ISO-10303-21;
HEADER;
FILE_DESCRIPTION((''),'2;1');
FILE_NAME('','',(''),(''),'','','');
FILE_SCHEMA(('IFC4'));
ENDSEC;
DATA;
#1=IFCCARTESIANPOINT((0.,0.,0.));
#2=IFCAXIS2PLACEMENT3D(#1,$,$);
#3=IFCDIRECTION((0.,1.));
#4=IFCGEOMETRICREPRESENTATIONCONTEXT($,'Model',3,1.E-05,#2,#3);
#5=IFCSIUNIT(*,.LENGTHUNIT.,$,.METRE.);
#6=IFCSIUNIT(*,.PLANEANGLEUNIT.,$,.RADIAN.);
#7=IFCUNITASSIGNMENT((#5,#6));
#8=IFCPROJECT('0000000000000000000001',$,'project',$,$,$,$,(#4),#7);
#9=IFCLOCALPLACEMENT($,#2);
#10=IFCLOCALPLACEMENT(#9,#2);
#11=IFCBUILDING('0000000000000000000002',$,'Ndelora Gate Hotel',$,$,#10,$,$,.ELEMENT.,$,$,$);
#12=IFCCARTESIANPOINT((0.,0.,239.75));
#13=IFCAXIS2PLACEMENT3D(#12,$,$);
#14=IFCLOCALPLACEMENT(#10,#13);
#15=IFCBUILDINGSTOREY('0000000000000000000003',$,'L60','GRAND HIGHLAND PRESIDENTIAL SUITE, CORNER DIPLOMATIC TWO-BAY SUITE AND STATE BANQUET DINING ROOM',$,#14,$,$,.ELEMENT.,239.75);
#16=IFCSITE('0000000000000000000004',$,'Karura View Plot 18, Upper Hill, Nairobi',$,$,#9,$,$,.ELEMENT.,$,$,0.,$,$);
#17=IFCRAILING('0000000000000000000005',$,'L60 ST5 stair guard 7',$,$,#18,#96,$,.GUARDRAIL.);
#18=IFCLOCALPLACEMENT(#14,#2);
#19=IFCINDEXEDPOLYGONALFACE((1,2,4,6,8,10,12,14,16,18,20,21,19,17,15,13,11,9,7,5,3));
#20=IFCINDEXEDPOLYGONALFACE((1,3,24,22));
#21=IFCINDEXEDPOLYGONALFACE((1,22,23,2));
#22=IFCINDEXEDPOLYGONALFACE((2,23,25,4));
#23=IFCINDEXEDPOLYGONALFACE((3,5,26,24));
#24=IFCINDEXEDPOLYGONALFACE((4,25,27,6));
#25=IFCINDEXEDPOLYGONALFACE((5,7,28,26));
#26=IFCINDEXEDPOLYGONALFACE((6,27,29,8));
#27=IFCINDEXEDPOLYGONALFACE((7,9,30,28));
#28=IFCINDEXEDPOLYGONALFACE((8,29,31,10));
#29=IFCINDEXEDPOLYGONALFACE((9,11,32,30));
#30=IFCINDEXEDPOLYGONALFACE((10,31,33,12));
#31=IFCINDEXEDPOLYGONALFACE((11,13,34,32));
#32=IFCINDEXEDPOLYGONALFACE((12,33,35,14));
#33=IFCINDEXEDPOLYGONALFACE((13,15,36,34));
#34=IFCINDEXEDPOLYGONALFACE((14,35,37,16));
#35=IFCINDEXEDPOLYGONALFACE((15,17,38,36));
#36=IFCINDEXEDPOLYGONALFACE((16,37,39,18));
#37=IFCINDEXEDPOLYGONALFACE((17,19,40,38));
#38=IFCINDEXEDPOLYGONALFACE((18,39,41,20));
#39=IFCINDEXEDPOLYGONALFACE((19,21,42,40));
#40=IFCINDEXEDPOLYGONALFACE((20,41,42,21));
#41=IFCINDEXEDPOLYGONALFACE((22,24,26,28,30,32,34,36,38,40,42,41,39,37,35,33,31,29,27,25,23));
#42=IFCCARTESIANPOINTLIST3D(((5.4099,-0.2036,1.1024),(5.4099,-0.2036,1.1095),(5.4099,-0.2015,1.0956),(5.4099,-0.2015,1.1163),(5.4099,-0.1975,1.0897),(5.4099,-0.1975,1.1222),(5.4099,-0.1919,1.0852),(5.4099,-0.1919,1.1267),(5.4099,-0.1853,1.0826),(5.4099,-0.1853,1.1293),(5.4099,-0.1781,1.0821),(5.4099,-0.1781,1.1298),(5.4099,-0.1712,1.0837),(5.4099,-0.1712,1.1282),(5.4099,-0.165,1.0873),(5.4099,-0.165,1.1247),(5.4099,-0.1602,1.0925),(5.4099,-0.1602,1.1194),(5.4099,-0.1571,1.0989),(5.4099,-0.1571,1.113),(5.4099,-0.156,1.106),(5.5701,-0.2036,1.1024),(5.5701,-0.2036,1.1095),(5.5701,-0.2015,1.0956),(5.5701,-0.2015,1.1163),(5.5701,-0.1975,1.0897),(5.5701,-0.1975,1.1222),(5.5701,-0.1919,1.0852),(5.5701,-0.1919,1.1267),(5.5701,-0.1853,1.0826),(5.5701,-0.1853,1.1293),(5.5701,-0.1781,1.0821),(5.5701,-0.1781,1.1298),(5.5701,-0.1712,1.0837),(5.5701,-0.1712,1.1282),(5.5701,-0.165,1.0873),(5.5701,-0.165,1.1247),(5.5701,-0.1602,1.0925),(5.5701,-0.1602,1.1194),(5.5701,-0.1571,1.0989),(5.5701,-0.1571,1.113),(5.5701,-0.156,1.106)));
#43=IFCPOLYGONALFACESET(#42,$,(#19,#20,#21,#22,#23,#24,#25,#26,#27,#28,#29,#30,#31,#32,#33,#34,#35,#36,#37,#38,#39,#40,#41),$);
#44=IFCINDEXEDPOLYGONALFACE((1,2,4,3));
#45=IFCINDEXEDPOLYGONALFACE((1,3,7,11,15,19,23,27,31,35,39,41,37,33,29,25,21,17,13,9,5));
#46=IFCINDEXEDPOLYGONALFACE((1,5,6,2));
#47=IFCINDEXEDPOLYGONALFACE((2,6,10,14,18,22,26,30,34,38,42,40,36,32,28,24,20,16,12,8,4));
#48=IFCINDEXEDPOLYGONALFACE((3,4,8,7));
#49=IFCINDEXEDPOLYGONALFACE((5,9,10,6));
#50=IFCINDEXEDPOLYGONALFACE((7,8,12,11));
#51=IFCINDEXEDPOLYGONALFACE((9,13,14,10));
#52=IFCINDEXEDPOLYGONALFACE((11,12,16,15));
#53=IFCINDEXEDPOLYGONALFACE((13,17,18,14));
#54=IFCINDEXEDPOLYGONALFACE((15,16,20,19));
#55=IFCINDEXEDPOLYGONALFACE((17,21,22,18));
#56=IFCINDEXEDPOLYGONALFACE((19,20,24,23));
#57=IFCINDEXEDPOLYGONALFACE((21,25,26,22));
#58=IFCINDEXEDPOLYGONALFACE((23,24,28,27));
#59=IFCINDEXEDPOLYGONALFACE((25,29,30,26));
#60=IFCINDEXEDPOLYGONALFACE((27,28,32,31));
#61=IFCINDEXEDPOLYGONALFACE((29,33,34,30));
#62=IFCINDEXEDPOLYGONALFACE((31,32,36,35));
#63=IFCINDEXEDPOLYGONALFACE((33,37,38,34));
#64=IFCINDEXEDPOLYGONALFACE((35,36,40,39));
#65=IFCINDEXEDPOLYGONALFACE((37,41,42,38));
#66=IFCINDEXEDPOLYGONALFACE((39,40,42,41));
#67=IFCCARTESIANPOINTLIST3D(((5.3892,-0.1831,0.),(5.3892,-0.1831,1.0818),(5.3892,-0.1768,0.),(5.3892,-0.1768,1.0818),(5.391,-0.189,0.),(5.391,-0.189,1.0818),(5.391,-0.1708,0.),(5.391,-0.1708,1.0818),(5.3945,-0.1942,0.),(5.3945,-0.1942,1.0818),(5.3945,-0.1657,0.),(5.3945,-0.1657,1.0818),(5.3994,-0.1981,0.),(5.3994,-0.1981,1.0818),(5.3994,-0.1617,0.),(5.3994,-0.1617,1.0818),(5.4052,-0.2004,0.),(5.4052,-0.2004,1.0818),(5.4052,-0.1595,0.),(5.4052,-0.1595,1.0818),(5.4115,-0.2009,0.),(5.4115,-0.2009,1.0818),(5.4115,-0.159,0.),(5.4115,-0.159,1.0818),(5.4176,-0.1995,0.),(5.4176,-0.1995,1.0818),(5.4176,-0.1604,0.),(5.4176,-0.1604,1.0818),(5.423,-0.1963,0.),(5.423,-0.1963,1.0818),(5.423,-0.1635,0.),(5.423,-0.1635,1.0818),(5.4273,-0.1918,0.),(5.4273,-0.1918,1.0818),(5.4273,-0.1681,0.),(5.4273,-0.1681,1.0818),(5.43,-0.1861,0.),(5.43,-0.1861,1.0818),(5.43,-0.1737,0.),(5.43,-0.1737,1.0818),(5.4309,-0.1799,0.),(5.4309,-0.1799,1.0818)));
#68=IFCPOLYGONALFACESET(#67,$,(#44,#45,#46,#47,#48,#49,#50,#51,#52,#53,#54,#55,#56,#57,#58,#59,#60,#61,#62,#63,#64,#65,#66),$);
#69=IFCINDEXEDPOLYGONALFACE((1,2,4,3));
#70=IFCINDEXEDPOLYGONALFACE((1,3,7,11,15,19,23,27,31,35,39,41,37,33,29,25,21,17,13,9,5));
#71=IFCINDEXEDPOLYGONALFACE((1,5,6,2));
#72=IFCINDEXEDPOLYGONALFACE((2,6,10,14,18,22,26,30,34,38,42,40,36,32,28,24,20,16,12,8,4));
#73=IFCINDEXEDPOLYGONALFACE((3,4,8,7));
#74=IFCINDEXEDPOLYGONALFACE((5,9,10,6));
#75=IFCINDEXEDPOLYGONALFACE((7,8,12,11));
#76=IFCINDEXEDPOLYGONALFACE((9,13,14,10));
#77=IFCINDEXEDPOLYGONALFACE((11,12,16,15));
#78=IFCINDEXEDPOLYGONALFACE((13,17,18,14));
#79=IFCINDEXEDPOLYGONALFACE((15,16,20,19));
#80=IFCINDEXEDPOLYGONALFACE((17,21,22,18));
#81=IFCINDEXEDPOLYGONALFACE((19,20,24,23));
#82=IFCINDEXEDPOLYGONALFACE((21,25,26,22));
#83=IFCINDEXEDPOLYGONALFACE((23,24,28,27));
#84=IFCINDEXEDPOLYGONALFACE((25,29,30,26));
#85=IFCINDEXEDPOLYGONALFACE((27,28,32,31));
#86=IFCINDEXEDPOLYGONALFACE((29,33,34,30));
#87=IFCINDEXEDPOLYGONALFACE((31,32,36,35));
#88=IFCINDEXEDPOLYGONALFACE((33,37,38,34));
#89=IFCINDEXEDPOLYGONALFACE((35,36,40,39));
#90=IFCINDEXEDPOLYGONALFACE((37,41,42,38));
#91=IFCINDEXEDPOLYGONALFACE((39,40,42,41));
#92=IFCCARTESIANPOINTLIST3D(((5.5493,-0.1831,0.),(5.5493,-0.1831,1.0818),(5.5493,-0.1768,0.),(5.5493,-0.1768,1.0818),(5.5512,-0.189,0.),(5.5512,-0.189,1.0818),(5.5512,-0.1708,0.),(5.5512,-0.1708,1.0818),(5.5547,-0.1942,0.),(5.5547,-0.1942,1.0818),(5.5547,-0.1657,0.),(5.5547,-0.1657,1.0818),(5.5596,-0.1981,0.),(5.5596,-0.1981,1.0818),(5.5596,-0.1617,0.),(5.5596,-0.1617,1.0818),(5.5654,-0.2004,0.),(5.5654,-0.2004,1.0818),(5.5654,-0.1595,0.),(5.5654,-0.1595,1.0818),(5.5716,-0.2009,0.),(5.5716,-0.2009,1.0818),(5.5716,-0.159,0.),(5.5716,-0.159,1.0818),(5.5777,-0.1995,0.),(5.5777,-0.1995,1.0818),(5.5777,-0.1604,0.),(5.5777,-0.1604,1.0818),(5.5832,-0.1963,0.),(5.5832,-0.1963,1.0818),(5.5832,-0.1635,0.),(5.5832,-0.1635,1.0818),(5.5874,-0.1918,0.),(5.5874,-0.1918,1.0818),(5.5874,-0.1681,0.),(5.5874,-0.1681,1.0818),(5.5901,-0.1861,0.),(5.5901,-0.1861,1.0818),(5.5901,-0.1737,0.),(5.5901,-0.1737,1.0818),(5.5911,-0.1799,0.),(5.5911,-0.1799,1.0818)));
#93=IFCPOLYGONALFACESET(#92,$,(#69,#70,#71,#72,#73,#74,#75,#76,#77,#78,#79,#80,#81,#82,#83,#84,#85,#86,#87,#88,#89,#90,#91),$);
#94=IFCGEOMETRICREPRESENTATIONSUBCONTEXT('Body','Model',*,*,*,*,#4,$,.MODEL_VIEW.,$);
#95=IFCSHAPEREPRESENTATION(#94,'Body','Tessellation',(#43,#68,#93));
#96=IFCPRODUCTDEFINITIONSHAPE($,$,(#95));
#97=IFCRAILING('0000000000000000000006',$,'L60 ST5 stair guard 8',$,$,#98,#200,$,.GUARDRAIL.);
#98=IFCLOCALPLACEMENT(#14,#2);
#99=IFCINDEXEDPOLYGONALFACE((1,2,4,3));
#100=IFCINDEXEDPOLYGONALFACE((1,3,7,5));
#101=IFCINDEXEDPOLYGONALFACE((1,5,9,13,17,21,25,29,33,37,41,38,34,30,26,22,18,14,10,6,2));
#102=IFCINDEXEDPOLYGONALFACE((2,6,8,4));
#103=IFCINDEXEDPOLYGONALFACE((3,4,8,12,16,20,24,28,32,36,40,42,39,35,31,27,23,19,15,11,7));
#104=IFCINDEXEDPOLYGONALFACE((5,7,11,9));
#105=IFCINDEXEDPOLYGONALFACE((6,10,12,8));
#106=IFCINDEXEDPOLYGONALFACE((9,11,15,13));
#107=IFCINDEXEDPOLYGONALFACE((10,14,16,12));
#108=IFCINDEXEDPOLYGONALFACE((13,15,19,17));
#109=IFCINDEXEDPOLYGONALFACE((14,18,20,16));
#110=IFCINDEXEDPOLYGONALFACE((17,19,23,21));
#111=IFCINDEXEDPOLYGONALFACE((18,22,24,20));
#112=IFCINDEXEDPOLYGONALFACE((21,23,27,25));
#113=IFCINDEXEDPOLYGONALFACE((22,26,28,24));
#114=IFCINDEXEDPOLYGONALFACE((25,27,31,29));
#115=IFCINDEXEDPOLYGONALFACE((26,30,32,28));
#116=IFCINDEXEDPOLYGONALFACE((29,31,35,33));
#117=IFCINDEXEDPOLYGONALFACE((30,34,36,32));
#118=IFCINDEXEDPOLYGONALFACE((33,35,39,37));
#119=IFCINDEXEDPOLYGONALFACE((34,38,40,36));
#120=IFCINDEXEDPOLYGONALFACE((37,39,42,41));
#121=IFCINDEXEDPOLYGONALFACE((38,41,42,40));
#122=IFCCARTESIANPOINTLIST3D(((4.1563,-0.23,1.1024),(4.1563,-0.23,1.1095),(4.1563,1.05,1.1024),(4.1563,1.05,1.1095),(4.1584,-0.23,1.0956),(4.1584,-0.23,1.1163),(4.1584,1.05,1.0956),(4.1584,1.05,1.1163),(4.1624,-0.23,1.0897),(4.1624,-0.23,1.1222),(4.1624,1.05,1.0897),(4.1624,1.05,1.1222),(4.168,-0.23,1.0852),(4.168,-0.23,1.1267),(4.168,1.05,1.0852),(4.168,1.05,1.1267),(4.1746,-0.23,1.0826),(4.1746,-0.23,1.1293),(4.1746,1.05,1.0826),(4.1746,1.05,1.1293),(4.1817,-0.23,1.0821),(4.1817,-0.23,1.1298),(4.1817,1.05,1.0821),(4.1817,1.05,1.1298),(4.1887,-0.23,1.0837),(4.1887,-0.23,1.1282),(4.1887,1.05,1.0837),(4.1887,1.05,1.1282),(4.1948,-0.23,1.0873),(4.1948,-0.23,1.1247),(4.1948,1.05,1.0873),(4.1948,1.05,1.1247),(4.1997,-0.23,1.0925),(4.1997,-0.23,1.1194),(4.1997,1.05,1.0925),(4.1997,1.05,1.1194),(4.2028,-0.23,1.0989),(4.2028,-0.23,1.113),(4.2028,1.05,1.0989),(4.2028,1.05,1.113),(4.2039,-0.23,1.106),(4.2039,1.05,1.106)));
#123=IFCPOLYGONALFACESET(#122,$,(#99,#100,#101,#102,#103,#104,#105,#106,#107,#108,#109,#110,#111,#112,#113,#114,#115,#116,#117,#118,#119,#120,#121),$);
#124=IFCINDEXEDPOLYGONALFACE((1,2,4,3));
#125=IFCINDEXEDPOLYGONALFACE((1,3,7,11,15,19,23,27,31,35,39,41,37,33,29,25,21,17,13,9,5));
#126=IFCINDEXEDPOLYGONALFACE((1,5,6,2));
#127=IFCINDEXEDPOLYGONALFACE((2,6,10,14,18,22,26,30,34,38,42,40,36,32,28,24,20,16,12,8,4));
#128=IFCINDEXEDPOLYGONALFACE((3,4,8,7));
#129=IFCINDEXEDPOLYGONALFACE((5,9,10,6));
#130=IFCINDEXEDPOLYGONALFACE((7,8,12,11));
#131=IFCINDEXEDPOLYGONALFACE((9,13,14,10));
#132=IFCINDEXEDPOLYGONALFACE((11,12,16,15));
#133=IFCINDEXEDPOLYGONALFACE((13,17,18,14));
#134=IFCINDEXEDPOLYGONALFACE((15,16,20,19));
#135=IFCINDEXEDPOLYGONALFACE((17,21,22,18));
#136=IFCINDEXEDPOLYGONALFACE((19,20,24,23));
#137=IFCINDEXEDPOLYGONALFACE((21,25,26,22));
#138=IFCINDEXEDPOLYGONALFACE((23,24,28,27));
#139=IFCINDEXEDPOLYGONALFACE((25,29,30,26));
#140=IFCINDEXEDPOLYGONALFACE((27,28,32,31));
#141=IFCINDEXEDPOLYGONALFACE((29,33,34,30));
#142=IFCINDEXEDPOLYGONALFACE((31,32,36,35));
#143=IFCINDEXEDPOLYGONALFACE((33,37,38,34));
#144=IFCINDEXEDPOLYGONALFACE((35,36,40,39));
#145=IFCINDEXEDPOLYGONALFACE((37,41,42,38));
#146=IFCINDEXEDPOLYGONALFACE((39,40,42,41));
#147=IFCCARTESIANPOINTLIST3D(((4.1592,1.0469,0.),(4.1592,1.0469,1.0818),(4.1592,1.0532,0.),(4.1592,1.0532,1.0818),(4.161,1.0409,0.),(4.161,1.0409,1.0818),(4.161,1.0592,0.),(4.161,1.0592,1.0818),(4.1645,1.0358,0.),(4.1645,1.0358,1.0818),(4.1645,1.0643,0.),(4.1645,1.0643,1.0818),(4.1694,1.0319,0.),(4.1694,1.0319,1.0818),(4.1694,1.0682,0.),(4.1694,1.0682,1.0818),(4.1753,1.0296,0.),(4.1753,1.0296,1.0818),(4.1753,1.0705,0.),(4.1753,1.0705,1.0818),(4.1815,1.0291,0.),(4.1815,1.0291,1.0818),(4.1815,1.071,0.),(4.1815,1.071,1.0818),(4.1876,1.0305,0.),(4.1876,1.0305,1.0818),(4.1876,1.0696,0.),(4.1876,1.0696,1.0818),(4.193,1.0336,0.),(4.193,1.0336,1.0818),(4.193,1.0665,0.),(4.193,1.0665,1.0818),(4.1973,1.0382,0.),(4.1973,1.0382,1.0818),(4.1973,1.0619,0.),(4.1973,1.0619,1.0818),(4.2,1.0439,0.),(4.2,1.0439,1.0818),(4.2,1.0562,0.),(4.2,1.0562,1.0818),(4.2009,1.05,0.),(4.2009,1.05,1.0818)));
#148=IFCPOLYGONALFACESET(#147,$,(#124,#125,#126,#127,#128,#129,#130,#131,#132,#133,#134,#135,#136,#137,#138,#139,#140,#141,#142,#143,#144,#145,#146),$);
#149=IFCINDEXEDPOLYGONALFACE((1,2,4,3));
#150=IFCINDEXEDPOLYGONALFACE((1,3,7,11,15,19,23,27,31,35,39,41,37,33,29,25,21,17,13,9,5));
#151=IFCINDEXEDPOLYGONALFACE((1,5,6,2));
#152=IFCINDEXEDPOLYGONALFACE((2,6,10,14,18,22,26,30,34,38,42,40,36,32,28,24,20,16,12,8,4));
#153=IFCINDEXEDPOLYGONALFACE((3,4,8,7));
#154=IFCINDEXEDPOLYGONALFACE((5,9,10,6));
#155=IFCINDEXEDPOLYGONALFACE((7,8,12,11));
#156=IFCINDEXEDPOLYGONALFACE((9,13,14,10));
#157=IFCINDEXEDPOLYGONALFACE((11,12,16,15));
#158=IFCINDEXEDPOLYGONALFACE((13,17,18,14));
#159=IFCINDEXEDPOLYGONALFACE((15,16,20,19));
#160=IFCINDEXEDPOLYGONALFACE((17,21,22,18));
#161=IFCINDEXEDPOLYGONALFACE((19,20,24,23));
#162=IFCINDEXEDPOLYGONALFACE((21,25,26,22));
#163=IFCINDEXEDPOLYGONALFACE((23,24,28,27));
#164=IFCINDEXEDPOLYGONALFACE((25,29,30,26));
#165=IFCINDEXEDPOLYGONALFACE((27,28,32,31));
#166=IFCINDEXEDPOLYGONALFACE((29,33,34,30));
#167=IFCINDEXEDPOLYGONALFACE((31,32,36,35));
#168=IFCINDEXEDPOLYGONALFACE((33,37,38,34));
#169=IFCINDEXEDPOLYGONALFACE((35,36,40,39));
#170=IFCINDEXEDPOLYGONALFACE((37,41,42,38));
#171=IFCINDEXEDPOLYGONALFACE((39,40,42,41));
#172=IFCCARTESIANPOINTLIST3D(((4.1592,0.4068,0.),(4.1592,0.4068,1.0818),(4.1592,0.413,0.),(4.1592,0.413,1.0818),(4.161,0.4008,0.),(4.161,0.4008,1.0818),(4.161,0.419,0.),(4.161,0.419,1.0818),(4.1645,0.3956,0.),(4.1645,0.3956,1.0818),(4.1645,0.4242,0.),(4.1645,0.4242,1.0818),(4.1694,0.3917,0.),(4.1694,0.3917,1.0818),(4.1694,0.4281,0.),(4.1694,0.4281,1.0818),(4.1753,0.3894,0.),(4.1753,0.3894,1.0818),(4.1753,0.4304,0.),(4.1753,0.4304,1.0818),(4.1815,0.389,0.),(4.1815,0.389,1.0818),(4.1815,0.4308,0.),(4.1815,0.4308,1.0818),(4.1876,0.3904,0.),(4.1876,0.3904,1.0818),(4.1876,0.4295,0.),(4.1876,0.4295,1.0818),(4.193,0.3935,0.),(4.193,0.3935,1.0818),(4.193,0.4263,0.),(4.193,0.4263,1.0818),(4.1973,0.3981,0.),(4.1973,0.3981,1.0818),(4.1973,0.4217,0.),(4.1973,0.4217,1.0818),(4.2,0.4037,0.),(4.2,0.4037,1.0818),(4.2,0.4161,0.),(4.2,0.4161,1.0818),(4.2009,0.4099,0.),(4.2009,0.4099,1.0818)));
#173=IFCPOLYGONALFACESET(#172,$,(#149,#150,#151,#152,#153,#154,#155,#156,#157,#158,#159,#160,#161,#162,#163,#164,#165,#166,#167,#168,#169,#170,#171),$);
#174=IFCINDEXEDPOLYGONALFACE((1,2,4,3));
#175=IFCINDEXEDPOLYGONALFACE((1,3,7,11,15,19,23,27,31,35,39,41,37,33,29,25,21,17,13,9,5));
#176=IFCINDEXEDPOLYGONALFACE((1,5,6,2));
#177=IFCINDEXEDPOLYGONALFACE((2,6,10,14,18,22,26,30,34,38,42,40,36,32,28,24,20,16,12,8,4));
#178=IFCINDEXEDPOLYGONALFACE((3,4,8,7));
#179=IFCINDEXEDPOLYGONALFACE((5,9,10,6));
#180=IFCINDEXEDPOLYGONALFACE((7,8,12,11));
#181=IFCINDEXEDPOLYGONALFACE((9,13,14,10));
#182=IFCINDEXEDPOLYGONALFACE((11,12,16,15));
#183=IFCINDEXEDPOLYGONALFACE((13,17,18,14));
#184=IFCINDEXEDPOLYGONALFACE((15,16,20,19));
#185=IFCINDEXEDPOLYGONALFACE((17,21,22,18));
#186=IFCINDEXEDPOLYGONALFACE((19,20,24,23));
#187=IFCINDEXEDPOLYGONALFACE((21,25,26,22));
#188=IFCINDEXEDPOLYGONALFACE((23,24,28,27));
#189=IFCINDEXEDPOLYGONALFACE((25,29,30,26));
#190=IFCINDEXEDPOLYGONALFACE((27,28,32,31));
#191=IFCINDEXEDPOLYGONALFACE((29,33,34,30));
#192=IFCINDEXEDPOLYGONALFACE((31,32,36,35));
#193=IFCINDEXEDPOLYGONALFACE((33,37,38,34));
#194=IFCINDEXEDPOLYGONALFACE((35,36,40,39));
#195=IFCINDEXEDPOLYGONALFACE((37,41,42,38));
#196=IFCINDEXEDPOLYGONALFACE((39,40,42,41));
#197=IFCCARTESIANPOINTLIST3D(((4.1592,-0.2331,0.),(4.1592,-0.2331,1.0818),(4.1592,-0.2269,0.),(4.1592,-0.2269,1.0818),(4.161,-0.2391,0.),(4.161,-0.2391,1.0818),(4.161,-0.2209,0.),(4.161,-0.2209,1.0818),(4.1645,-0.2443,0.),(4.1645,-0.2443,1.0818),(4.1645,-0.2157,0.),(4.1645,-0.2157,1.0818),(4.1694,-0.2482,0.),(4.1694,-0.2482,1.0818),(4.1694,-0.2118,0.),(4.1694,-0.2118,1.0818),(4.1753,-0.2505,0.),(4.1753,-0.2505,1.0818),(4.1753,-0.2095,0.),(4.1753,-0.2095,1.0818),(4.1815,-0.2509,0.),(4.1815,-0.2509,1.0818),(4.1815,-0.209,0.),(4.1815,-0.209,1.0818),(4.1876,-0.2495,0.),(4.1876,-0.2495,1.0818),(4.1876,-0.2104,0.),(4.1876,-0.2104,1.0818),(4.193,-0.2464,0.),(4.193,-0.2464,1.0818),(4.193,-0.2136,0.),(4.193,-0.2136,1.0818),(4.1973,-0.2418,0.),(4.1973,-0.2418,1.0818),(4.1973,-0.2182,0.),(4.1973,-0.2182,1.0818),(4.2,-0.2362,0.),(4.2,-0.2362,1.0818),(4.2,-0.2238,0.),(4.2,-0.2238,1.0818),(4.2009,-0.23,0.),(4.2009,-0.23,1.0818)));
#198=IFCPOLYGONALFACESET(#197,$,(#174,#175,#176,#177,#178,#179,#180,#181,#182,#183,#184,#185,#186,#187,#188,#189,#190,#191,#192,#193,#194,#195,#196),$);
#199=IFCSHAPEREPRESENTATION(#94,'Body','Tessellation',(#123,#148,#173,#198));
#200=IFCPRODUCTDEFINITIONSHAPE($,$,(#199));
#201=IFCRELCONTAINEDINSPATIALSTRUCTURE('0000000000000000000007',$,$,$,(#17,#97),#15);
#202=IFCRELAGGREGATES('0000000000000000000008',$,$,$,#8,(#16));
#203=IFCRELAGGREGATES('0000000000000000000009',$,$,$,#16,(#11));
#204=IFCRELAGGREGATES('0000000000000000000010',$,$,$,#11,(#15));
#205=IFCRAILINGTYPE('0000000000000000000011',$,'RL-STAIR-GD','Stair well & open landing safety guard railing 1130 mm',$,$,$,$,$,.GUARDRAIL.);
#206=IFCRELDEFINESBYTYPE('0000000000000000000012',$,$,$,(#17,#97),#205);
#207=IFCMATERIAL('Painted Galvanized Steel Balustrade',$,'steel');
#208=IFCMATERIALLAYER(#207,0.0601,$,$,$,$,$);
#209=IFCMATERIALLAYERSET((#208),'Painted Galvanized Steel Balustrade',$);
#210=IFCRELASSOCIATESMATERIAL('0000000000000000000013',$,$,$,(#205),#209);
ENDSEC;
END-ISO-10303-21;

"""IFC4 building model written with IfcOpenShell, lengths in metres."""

from ifc_helpers import new_model, si_unit, direction, frame, origin, origin_2d, place, context, subcontext, project, spatial, circle, extrude, material, layer, layer_set, type_object, element, save


model = new_model("IFC4")

# Units and contexts
model_context = context("Model", 3, precision=1e-05, world=origin(), true_north=direction((0.0, 1.0)))
body_context = subcontext(model_context, "Body", "Model", "MODEL_VIEW")
ifc_project = project(units=[si_unit("LENGTHUNIT", "METRE"), si_unit("PLANEANGLEUNIT", "RADIAN")], contexts=[model_context])

# Site, building, storey
site_placement = place(None, origin())
site = spatial("IfcSite", under=ifc_project, at=site_placement, Name="Karura View Plot 18, Upper Hill, Nairobi", CompositionType="ELEMENT", RefElevation=0.0)
building_placement = place(site_placement, origin())
building = spatial("IfcBuilding", under=site, at=building_placement, Name="Ndelora Gate Hotel", CompositionType="ELEMENT")
storey_placement = place(building_placement, frame((0.0, 0.0, 239.75)))
storey = spatial("IfcBuildingStorey", under=building, at=storey_placement, Name="L60", Description="GRAND HIGHLAND PRESIDENTIAL SUITE, CORNER DIPLOMATIC TWO-BAY SUITE AND STATE BANQUET DINING ROOM", CompositionType="ELEMENT", Elevation=239.75)

# Railings
ifc_material_1 = material(Name="Painted Galvanized Steel Balustrade", Category="steel")
ifc_layer_1 = layer(ifc_material_1, 0.0601)
ifc_layer_set_1 = layer_set([ifc_layer_1], Name="Painted Galvanized Steel Balustrade")
railing_type_1 = type_object("IfcRailingType", Name="RL-STAIR-GD", Description="Stair well & open landing safety guard railing 1130 mm", PredefinedType="GUARDRAIL", material=ifc_layer_set_1)
railing_1_placement = place(storey_placement, frame((5.4099, -0.1799, 0.0)))
element("IfcRailing", 1, at=railing_1_placement, inside=storey, type_object=railing_type_1, Name="L60 ST5 stair guard 7", PredefinedType="GUARDRAIL", context=body_context, shape_type="SweptSolid", body=[
    extrude(circle(Radius=0.0239, at=origin_2d()), frame((0.0, 0.0, 1.106), z_axis=(1.0, 0.0, 0.0), x_axis=(0.0, 1.0, 0.0)), (0.0, 0.0, 1.0), 0.1602),
    extrude(circle(Radius=0.021, at=origin_2d()), origin(), (0.0, 0.0, 1.0), 1.0818),
    extrude(circle(Radius=0.021, at=origin_2d()), frame((0.1602, 0.0, 0.0)), (0.0, 0.0, 1.0), 1.0818),
])
for number, where, name in (
    (2, (4.1799, 1.05, 0.0), "L60 ST5 stair guard 8"),
):
    element("IfcRailing", number, at=place(storey_placement, frame(where)), inside=storey, type_object=railing_type_1, Name=name, PredefinedType="GUARDRAIL", context=body_context, shape_type="SweptSolid", body=[
        extrude(circle(Radius=0.0239, at=origin_2d()), frame((0.0, 0.0, 1.106), z_axis=(0.0, -1.0, 0.0), x_axis=(1.0, 0.0, 0.0)), (0.0, 0.0, 1.0), 1.28),
        extrude(circle(Radius=0.021, at=origin_2d()), origin(), (0.0, 0.0, 1.0), 1.0818),
        extrude(circle(Radius=0.021, at=origin_2d()), frame((0.0, -0.6401, 0.0)), (0.0, 0.0, 1.0), 1.0818),
        extrude(circle(Radius=0.021, at=origin_2d()), frame((0.0, -1.28, 0.0)), (0.0, 0.0, 1.0), 1.0818),
    ])

save(model, "model.ifc")
